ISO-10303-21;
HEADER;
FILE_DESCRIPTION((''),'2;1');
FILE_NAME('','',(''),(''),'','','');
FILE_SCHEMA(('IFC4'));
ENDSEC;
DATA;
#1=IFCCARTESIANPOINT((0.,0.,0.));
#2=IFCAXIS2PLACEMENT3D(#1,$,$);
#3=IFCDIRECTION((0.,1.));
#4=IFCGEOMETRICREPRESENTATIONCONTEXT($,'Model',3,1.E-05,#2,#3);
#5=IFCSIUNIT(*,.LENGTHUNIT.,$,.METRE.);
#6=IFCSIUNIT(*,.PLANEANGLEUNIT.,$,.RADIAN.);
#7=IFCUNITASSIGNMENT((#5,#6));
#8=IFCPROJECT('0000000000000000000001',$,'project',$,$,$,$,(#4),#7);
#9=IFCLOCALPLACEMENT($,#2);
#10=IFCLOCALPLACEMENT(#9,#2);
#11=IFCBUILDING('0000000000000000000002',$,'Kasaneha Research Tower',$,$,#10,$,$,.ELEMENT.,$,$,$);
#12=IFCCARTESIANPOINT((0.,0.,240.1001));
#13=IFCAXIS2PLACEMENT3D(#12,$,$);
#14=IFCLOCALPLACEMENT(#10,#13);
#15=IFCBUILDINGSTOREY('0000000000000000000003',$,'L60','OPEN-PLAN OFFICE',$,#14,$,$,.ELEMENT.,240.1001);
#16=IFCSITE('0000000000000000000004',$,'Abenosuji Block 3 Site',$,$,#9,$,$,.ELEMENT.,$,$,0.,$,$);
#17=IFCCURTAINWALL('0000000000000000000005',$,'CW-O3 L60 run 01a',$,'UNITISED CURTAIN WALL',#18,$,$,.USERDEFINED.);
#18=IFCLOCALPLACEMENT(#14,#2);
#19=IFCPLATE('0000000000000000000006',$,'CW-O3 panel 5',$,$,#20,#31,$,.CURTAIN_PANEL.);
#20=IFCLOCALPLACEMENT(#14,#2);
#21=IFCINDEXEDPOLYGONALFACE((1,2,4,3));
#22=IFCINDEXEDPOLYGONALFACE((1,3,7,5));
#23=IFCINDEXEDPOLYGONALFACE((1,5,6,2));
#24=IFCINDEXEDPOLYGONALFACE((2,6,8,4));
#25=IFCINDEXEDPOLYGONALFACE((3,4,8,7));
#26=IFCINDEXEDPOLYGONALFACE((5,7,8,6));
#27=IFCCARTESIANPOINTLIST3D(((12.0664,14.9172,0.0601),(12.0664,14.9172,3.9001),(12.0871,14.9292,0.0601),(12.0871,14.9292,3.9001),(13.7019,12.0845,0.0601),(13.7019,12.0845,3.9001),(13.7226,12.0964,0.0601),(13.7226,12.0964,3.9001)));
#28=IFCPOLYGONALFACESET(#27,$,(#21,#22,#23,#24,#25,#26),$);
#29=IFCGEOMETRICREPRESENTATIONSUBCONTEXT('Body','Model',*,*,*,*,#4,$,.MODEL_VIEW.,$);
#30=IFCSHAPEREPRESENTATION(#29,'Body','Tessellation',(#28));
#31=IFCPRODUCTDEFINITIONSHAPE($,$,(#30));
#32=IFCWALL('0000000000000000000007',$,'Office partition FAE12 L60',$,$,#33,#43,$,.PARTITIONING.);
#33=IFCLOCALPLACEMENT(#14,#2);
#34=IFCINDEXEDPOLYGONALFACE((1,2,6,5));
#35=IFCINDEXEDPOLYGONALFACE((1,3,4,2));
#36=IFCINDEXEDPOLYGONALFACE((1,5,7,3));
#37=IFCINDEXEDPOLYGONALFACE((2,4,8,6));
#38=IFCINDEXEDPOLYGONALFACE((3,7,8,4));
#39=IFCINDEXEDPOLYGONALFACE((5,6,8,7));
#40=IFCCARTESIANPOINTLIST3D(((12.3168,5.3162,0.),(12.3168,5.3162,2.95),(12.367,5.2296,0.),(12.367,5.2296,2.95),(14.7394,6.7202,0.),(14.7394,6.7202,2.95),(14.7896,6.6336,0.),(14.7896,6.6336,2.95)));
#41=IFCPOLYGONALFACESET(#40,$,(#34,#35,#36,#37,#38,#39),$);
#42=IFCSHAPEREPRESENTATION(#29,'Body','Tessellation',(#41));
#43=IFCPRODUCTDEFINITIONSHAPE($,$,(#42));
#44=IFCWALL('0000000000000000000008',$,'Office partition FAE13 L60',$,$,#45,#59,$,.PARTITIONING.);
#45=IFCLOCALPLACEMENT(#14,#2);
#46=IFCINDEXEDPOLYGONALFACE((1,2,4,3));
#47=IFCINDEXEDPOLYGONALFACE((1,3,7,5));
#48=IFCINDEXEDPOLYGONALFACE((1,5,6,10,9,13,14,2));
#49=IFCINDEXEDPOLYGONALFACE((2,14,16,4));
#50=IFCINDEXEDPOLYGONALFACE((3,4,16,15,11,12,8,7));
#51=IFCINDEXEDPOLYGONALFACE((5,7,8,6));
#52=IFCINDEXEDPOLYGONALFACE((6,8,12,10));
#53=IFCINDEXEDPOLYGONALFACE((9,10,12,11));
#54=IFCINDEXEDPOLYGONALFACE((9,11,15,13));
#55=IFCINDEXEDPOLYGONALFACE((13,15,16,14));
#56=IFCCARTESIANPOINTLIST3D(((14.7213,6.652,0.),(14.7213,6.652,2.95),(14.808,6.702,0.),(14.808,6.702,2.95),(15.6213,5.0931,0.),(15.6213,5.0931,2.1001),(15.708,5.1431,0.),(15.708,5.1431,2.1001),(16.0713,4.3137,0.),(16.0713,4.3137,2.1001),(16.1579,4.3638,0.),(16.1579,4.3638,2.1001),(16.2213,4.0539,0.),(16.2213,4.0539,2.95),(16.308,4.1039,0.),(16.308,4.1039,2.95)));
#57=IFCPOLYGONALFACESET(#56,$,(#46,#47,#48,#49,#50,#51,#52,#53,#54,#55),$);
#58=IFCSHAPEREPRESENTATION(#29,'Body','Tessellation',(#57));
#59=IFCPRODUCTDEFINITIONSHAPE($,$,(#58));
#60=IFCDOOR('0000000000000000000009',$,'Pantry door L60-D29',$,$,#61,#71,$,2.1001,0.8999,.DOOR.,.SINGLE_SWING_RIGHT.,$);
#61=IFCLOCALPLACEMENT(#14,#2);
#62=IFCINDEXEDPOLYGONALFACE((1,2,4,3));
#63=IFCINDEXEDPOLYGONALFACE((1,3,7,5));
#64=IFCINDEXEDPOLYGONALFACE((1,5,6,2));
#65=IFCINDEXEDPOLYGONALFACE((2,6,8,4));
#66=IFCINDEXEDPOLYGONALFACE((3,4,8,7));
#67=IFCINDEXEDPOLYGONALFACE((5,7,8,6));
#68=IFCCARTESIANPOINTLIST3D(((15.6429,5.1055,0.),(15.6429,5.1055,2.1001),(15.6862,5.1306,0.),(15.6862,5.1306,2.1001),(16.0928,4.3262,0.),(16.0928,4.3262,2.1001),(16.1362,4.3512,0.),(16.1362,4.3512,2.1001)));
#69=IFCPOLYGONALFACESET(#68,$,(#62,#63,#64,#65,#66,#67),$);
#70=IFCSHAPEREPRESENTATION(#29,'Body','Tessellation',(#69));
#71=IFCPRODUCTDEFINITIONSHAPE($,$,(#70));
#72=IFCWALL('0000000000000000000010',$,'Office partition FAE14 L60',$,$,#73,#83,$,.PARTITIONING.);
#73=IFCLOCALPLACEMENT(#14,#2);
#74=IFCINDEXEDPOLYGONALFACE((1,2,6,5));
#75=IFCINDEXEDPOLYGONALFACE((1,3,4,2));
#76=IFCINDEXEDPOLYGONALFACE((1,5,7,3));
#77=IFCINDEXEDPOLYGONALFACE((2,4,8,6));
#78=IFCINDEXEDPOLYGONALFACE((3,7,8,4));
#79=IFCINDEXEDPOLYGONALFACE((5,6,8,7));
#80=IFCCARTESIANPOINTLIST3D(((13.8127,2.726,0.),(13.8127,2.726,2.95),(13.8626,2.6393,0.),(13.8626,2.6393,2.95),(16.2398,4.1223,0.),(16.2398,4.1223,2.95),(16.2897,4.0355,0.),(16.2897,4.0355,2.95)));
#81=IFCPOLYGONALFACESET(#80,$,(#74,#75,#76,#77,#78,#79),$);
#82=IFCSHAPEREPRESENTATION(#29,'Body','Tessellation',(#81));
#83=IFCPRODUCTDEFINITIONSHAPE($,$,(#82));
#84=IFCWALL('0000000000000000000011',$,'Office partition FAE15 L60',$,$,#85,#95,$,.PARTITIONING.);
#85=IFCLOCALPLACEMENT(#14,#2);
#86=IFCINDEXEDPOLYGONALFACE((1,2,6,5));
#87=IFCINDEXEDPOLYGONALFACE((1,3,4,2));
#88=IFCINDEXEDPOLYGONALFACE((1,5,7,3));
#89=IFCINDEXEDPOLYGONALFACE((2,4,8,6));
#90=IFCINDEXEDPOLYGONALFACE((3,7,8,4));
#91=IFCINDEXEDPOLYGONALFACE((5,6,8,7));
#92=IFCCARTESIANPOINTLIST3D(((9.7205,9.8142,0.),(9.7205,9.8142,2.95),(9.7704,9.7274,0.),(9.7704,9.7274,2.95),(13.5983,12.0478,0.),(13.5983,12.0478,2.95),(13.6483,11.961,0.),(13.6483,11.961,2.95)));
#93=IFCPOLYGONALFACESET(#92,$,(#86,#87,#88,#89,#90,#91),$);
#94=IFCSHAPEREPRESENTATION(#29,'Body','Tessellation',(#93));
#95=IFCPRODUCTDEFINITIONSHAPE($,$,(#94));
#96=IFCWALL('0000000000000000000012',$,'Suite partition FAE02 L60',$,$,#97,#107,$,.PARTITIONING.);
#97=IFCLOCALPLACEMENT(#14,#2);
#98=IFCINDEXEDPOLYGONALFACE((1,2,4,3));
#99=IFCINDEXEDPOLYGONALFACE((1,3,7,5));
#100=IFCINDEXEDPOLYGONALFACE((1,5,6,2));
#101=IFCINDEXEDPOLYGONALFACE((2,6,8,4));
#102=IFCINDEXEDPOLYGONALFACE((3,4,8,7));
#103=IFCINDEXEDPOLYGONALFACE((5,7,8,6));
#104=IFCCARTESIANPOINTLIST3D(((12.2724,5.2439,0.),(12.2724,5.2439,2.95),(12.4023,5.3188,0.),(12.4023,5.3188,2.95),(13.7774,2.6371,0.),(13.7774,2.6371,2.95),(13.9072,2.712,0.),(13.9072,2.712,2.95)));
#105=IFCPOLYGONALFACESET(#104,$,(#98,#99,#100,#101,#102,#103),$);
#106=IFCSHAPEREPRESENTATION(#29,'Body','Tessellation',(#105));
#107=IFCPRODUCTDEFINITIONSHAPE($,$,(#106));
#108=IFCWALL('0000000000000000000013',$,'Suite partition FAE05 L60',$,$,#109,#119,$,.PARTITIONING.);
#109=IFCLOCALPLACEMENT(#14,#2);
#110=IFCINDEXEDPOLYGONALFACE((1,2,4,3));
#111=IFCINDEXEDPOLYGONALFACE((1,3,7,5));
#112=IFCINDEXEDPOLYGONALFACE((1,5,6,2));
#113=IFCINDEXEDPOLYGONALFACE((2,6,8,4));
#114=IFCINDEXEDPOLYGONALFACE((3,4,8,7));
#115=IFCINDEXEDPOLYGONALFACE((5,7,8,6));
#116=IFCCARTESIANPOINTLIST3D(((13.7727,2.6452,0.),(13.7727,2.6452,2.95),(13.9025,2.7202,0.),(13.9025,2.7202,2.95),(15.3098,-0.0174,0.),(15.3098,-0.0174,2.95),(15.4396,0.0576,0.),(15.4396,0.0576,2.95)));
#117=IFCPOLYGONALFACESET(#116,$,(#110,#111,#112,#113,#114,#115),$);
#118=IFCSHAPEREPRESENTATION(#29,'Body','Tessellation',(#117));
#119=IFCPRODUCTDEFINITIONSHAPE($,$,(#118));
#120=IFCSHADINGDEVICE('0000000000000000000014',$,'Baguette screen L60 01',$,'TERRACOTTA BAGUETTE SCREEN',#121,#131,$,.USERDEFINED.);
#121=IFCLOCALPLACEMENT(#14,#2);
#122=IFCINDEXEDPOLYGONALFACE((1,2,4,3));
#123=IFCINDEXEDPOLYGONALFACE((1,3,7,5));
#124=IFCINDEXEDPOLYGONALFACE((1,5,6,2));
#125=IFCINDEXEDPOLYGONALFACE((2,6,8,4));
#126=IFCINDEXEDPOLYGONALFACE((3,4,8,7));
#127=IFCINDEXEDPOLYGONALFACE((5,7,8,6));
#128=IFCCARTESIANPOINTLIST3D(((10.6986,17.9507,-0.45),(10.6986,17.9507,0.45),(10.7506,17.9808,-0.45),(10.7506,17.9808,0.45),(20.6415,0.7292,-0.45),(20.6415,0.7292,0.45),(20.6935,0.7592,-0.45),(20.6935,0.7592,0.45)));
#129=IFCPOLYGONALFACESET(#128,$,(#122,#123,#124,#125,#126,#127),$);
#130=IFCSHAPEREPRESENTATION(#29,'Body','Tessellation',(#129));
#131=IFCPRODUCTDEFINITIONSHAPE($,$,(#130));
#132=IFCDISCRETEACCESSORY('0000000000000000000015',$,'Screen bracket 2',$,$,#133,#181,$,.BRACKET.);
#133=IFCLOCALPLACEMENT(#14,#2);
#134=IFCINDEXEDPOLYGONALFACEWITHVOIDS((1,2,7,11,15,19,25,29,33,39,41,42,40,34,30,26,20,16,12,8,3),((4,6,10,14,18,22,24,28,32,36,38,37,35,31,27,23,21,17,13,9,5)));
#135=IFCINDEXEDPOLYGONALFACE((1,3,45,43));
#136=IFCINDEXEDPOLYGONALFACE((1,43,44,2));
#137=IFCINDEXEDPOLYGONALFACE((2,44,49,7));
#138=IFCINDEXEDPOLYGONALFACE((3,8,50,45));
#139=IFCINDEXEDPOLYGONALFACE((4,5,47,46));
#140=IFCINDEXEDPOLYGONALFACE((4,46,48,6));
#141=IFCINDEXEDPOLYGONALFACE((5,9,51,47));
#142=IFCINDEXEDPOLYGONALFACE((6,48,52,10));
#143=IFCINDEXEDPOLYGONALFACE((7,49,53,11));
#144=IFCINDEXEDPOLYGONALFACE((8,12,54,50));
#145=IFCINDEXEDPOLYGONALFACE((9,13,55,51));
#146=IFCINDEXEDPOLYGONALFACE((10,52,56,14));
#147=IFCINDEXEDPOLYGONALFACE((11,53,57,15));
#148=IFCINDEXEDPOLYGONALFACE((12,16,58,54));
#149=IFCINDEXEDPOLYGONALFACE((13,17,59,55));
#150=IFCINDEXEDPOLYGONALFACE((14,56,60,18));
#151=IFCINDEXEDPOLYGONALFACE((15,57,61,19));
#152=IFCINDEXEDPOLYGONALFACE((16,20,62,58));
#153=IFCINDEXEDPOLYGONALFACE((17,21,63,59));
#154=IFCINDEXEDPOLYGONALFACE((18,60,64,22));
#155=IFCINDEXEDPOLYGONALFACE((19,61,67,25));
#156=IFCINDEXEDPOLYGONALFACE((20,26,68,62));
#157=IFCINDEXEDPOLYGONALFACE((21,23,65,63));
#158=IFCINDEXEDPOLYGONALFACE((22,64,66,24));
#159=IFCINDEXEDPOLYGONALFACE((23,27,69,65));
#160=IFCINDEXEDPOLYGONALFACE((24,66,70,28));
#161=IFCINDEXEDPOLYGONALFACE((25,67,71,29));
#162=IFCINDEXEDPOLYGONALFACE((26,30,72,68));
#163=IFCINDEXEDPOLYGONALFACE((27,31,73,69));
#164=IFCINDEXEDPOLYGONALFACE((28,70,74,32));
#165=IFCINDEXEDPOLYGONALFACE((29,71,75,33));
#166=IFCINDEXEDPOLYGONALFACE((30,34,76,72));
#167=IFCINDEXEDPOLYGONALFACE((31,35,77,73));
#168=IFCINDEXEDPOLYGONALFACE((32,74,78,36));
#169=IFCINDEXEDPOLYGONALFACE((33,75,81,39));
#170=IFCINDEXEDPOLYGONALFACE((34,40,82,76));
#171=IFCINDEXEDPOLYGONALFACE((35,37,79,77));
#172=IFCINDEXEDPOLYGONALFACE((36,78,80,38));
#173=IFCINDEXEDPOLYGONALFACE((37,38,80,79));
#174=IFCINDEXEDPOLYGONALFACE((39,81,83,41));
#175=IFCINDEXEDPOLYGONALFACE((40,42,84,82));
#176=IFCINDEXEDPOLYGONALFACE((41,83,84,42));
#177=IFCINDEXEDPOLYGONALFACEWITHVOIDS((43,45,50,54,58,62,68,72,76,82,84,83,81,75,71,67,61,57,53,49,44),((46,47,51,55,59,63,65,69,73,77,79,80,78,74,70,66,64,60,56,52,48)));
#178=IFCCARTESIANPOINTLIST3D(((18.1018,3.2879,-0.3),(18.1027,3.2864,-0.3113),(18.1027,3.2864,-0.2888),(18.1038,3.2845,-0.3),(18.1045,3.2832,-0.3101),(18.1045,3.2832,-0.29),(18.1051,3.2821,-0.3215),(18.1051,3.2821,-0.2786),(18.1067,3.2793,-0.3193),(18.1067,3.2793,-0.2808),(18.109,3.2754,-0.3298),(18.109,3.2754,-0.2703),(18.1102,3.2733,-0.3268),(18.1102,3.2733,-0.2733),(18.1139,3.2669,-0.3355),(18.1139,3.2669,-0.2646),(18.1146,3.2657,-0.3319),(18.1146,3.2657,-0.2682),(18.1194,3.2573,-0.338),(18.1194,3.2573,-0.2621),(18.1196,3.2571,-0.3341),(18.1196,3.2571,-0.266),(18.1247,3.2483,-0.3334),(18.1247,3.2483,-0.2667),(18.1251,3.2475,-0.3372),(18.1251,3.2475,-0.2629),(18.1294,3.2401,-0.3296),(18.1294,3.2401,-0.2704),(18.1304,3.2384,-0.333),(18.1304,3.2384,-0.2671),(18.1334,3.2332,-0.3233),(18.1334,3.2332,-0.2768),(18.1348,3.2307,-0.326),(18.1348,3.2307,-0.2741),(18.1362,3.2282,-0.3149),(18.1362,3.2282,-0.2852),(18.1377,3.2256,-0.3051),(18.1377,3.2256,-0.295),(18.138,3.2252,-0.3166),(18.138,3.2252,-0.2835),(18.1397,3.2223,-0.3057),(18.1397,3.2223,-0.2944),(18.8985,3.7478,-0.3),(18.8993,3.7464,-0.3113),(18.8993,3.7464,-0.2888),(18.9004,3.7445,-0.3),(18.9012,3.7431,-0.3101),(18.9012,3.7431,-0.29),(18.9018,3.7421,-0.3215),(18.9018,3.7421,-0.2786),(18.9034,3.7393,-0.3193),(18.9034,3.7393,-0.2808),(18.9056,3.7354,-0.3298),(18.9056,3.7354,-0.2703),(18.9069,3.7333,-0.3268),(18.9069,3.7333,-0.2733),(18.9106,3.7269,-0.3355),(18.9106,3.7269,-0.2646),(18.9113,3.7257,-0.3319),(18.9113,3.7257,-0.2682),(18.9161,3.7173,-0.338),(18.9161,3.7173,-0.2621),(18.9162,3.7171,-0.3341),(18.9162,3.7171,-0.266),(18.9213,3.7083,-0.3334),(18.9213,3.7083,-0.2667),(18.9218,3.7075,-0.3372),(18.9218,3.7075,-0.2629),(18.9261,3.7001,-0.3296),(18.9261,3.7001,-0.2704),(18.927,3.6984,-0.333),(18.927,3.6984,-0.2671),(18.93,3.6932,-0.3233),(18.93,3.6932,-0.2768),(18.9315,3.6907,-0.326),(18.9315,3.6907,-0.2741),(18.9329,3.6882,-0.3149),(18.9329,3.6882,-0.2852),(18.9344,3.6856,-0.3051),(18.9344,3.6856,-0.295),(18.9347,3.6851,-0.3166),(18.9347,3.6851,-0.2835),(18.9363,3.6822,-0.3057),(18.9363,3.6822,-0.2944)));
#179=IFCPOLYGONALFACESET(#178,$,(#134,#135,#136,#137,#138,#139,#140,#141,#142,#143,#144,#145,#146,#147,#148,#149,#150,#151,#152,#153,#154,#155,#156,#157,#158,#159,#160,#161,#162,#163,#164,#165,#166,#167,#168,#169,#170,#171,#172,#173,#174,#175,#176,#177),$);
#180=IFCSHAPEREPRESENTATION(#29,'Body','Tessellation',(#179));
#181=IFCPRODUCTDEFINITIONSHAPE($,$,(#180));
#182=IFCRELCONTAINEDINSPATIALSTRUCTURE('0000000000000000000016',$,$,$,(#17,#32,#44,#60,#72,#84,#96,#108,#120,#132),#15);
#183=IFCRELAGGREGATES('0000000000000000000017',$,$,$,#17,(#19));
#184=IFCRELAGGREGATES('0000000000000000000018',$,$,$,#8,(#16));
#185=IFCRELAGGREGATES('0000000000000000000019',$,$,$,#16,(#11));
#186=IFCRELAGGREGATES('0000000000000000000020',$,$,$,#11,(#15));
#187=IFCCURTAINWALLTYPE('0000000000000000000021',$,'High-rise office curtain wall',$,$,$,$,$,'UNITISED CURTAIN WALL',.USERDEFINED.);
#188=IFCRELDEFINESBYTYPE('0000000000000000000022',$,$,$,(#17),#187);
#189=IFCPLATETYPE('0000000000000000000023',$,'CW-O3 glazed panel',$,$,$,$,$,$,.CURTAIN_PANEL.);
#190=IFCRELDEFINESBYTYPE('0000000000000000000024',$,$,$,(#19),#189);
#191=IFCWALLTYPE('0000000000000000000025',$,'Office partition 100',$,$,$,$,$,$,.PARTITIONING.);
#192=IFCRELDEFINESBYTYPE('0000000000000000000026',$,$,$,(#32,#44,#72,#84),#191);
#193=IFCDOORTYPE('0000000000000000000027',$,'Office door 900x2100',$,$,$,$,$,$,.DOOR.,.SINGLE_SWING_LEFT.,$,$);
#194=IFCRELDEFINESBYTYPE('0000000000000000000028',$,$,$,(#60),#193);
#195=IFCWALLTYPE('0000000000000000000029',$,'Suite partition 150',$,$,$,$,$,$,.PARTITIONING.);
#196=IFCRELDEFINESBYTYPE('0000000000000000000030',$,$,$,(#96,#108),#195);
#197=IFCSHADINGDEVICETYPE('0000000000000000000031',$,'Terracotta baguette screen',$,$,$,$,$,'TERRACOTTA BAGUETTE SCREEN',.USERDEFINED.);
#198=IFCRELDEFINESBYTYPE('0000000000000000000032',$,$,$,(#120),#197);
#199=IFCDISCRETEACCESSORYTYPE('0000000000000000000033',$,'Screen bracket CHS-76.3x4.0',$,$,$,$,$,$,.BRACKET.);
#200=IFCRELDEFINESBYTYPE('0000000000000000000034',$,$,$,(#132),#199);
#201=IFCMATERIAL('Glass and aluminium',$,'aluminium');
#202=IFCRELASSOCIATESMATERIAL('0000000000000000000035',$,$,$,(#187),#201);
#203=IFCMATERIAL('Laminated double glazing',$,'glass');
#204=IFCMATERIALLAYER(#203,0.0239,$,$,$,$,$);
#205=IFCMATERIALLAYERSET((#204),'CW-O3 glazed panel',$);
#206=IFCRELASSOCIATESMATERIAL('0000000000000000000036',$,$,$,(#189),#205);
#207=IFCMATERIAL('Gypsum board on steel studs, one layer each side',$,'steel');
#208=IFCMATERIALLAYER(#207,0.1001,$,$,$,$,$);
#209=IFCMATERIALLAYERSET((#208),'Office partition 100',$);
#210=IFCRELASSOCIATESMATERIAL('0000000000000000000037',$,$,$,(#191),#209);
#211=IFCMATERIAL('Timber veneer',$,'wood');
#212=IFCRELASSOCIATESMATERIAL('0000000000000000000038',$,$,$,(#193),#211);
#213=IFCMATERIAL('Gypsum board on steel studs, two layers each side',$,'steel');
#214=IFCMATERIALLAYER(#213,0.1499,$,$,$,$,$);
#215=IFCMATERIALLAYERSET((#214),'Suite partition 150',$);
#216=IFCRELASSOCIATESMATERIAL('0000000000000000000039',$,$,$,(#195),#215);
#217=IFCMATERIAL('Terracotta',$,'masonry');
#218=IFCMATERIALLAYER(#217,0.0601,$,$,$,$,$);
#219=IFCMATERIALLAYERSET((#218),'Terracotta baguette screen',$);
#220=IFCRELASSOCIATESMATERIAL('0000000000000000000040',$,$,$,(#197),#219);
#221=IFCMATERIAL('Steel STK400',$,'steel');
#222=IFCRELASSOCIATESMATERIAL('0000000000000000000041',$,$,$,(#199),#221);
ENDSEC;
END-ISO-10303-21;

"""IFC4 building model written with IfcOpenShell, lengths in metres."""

from ifc_helpers import new_model, si_unit, direction, frame, frame_2d, origin, origin_2d, place, context, subcontext, project, spatial, rectangle, hollow_circle, extrude, material, layer, layer_set, material_profile, profile_set, type_object, element, fill, aggregate, save


model = new_model("IFC4")

# Units and contexts
model_context = context("Model", 3, precision=1e-05, world=origin(), true_north=direction((0.0, 1.0)))
body_context = subcontext(model_context, "Body", "Model", "MODEL_VIEW")
ifc_project = project(units=[si_unit("LENGTHUNIT", "METRE"), si_unit("PLANEANGLEUNIT", "RADIAN")], contexts=[model_context])

# Site, building, storey
site_placement = place(None, origin())
site = spatial("IfcSite", under=ifc_project, at=site_placement, Name="Abenosuji Block 3 Site", CompositionType="ELEMENT", RefElevation=0.0)
building_placement = place(site_placement, origin())
building = spatial("IfcBuilding", under=site, at=building_placement, Name="Kasaneha Research Tower", CompositionType="ELEMENT")
storey_placement = place(building_placement, frame((0.0, 0.0, 240.1001)))
storey = spatial("IfcBuildingStorey", under=building, at=storey_placement, Name="L60", Description="OPEN-PLAN OFFICE", CompositionType="ELEMENT", Elevation=240.1001)

# Curtain wall, plate
ifc_material_1 = material(Name="Glass and aluminium", Category="aluminium")
curtain_wall_type = type_object("IfcCurtainWallType", Name="High-rise office curtain wall", ElementType="UNITISED CURTAIN WALL", PredefinedType="USERDEFINED", material=ifc_material_1)
curtain_wall_placement = place(storey_placement, origin())
curtain_wall = element("IfcCurtainWall", 1, at=curtain_wall_placement, inside=storey, type_object=curtain_wall_type, Name="CW-O3 L60 run 01a", ObjectType="UNITISED CURTAIN WALL", PredefinedType="USERDEFINED")
ifc_material_2 = material(Name="Laminated double glazing", Category="glass")
ifc_layer_1 = layer(ifc_material_2, 0.0239)
ifc_layer_set_1 = layer_set([ifc_layer_1], Name="CW-O3 glazed panel")
plate_type = type_object("IfcPlateType", Name="CW-O3 glazed panel", PredefinedType="CURTAIN_PANEL", material=ifc_layer_set_1)
plate_1_placement = place(storey_placement, frame((12.8945, 13.5068, 0.0601), z_axis=(0.0, 0.0, 1.0), x_axis=(-0.5, 0.866025, 0.0)))
plate_1 = element("IfcPlate", 2, at=plate_1_placement, type_object=plate_type, Name="CW-O3 panel 5", PredefinedType="CURTAIN_PANEL", context=body_context, shape_type="SweptSolid", body=[
    extrude(rectangle(XDim=3.271, YDim=0.0239, at=origin_2d()), origin(), (0.0, 0.0, 1.0), 3.8401),
])
aggregate(curtain_wall, [plate_1])

# Wall
ifc_material_3 = material(Name="Gypsum board on steel studs, one layer each side", Category="steel")
ifc_layer_2 = layer(ifc_material_3, 0.1001)
ifc_layer_set_2 = layer_set([ifc_layer_2], Name="Office partition 100")
wall_type_1 = type_object("IfcWallType", Name="Office partition 100", PredefinedType="PARTITIONING", material=ifc_layer_set_2)
wall_1_placement = place(storey_placement, frame((12.342, 5.2729, 0.0), z_axis=(0.0, 0.0, 1.0), x_axis=(0.865195, 0.501435, 0.0)))
element("IfcWall", 3, at=wall_1_placement, inside=storey, type_object=wall_type_1, Name="Office partition FAE12 L60", PredefinedType="PARTITIONING", context=body_context, shape_type="SweptSolid", body=[
    extrude(rectangle(XDim=2.8, YDim=0.1001, at=frame_2d((1.3999, 0.0))), origin(), (0.0, 0.0, 1.0), 2.95),
])

# Wall, opening, door
wall_2_placement = place(storey_placement, frame((14.7646, 6.677, 0.0), z_axis=(0.0, 0.0, 1.0), x_axis=(0.49999, -0.866031, 0.0)))
wall_2 = element("IfcWall", 4, at=wall_2_placement, inside=storey, type_object=wall_type_1, Name="Office partition FAE13 L60", PredefinedType="PARTITIONING", context=body_context, shape_type="SweptSolid", body=[
    extrude(rectangle(XDim=3.0, YDim=0.1001, at=frame_2d((1.5, 0.0))), origin(), (0.0, 0.0, 1.0), 2.95),
])
opening_placement = place(wall_2_placement, frame((1.8, 0.0, 0.0)))
opening = element("IfcOpeningElement", 5, at=opening_placement, cuts=wall_2, PredefinedType="OPENING", context=body_context, shape_type="SweptSolid", body=[
    extrude(rectangle(XDim=0.8999, YDim=2.1001, at=frame_2d((0.45, 1.05))), frame((0.0, 0.0601, 0.0), z_axis=(0.0, -1.0, 0.0), x_axis=(1.0, 0.0, 0.0)), (0.0, 0.0, 1.0), 0.1201),
])
ifc_material_4 = material(Name="Timber veneer", Category="wood")
door_type = type_object("IfcDoorType", Name="Office door 900x2100", OperationType="SINGLE_SWING_LEFT", PredefinedType="DOOR", material=ifc_material_4)
door_placement = place(opening_placement, origin())
door = element("IfcDoor", 6, at=door_placement, inside=storey, type_object=door_type, Name="Pantry door L60-D29", OperationType="SINGLE_SWING_RIGHT", OverallHeight=2.1001, OverallWidth=0.8999, PredefinedType="DOOR", context=body_context, shape_type="SweptSolid", body=[
    extrude(rectangle(XDim=0.8999, YDim=2.1001, at=frame_2d((0.45, 1.05))), frame((0.0, 0.0249, 0.0), z_axis=(0.0, -1.0, 0.0), x_axis=(1.0, 0.0, 0.0)), (0.0, 0.0, 1.0), 0.05),
])
fill(opening, door)

# Walls
wall_3_placement = place(storey_placement, frame((16.2646, 4.0789, 0.0), z_axis=(0.0, 0.0, 1.0), x_axis=(-0.866796, -0.498663, 0.0)))
element("IfcWall", 7, at=wall_3_placement, inside=storey, type_object=wall_type_1, Name="Office partition FAE14 L60", PredefinedType="PARTITIONING", context=body_context, shape_type="SweptSolid", body=[
    extrude(rectangle(XDim=2.8, YDim=0.1001, at=frame_2d((1.3999, 0.0))), origin(), (0.0, 0.0, 1.0), 2.95),
])
wall_4_placement = place(storey_placement, frame((13.6233, 12.0044, 0.0), z_axis=(0.0, 0.0, 1.0), x_axis=(-0.866536, -0.499115, 0.0)))
element("IfcWall", 8, at=wall_4_placement, inside=storey, type_object=wall_type_1, Name="Office partition FAE15 L60", PredefinedType="PARTITIONING", context=body_context, shape_type="SweptSolid", body=[
    extrude(rectangle(XDim=4.4751, YDim=0.1001, at=frame_2d((2.2375, 0.0))), origin(), (0.0, 0.0, 1.0), 2.95),
])
ifc_material_5 = material(Name="Gypsum board on steel studs, two layers each side", Category="steel")
ifc_layer_3 = layer(ifc_material_5, 0.1499)
ifc_layer_set_3 = layer_set([ifc_layer_3], Name="Suite partition 150")
wall_type_2 = type_object("IfcWallType", Name="Suite partition 150", PredefinedType="PARTITIONING", material=ifc_layer_set_3)
wall_5_placement = place(storey_placement, frame((12.3374, 5.2812, 0.0), z_axis=(0.0, 0.0, 1.0), x_axis=(0.499978, -0.866038, 0.0)))
element("IfcWall", 9, at=wall_5_placement, inside=storey, type_object=wall_type_2, Name="Suite partition FAE02 L60", PredefinedType="PARTITIONING", context=body_context, shape_type="SweptSolid", body=[
    extrude(rectangle(XDim=3.01, YDim=0.1499, at=frame_2d((1.5049, 0.0))), origin(), (0.0, 0.0, 1.0), 2.95),
])
wall_6_placement = place(storey_placement, frame((13.8376, 2.6826, 0.0), z_axis=(0.0, 0.0, 1.0), x_axis=(0.499965, -0.866045, 0.0)))
element("IfcWall", 10, at=wall_6_placement, inside=storey, type_object=wall_type_2, Name="Suite partition FAE05 L60", PredefinedType="PARTITIONING", context=body_context, shape_type="SweptSolid", body=[
    extrude(rectangle(XDim=3.0745, YDim=0.1499, at=frame_2d((1.5371, 0.0))), origin(), (0.0, 0.0, 1.0), 2.95),
])

# Shading device
ifc_material_6 = material(Name="Terracotta", Category="masonry")
ifc_layer_4 = layer(ifc_material_6, 0.0601)
ifc_layer_set_4 = layer_set([ifc_layer_4], Name="Terracotta baguette screen")
shading_device_type = type_object("IfcShadingDeviceType", Name="Terracotta baguette screen", ElementType="TERRACOTTA BAGUETTE SCREEN", PredefinedType="USERDEFINED", material=ifc_layer_set_4)
shading_device_placement = place(storey_placement, frame((15.696, 9.355, -0.45), z_axis=(0.0, 0.0, 1.0), x_axis=(-0.5, 0.866025, 0.0)))
element("IfcShadingDevice", 11, at=shading_device_placement, inside=storey, type_object=shading_device_type, Name="Baguette screen L60 01", ObjectType="TERRACOTTA BAGUETTE SCREEN", PredefinedType="USERDEFINED", context=body_context, shape_type="SweptSolid", body=[
    extrude(rectangle(XDim=19.8857, YDim=0.0601, at=origin_2d()), origin(), (0.0, 0.0, 1.0), 0.8999),
])

# Discrete accessory
ifc_material_7 = material(Name="Steel STK400", Category="steel")
ifc_material_profile_1 = material_profile(ifc_material_7, hollow_circle(Radius=0.0381, WallThickness=0.0039, at=origin_2d()), Name="CHS-76.3x4.0")
ifc_profile_set_1 = profile_set([ifc_material_profile_1], Name="Steel STK400")
discrete_accessory_type = type_object("IfcDiscreteAccessoryType", Name="Screen bracket CHS-76.3x4.0", PredefinedType="BRACKET", material=ifc_profile_set_1)
for number, where, z_axis, x_axis, name in (
    (12, (18.1208, 3.2549, -0.3), (0.866013, 0.500021, 0.0), (-0.500021, 0.866013, 0.0), "Screen bracket 2"),
):
    element("IfcDiscreteAccessory", number, at=place(storey_placement, frame(where, z_axis=z_axis, x_axis=x_axis)), inside=storey, type_object=discrete_accessory_type, Name=name, PredefinedType="BRACKET", context=body_context, shape_type="SweptSolid", body=[
        extrude(hollow_circle(Radius=0.0381, WallThickness=0.0039, at=origin_2d()), origin(), (0.0, 0.0, 1.0), 0.9199),
    ])

save(model, "model.ifc")
